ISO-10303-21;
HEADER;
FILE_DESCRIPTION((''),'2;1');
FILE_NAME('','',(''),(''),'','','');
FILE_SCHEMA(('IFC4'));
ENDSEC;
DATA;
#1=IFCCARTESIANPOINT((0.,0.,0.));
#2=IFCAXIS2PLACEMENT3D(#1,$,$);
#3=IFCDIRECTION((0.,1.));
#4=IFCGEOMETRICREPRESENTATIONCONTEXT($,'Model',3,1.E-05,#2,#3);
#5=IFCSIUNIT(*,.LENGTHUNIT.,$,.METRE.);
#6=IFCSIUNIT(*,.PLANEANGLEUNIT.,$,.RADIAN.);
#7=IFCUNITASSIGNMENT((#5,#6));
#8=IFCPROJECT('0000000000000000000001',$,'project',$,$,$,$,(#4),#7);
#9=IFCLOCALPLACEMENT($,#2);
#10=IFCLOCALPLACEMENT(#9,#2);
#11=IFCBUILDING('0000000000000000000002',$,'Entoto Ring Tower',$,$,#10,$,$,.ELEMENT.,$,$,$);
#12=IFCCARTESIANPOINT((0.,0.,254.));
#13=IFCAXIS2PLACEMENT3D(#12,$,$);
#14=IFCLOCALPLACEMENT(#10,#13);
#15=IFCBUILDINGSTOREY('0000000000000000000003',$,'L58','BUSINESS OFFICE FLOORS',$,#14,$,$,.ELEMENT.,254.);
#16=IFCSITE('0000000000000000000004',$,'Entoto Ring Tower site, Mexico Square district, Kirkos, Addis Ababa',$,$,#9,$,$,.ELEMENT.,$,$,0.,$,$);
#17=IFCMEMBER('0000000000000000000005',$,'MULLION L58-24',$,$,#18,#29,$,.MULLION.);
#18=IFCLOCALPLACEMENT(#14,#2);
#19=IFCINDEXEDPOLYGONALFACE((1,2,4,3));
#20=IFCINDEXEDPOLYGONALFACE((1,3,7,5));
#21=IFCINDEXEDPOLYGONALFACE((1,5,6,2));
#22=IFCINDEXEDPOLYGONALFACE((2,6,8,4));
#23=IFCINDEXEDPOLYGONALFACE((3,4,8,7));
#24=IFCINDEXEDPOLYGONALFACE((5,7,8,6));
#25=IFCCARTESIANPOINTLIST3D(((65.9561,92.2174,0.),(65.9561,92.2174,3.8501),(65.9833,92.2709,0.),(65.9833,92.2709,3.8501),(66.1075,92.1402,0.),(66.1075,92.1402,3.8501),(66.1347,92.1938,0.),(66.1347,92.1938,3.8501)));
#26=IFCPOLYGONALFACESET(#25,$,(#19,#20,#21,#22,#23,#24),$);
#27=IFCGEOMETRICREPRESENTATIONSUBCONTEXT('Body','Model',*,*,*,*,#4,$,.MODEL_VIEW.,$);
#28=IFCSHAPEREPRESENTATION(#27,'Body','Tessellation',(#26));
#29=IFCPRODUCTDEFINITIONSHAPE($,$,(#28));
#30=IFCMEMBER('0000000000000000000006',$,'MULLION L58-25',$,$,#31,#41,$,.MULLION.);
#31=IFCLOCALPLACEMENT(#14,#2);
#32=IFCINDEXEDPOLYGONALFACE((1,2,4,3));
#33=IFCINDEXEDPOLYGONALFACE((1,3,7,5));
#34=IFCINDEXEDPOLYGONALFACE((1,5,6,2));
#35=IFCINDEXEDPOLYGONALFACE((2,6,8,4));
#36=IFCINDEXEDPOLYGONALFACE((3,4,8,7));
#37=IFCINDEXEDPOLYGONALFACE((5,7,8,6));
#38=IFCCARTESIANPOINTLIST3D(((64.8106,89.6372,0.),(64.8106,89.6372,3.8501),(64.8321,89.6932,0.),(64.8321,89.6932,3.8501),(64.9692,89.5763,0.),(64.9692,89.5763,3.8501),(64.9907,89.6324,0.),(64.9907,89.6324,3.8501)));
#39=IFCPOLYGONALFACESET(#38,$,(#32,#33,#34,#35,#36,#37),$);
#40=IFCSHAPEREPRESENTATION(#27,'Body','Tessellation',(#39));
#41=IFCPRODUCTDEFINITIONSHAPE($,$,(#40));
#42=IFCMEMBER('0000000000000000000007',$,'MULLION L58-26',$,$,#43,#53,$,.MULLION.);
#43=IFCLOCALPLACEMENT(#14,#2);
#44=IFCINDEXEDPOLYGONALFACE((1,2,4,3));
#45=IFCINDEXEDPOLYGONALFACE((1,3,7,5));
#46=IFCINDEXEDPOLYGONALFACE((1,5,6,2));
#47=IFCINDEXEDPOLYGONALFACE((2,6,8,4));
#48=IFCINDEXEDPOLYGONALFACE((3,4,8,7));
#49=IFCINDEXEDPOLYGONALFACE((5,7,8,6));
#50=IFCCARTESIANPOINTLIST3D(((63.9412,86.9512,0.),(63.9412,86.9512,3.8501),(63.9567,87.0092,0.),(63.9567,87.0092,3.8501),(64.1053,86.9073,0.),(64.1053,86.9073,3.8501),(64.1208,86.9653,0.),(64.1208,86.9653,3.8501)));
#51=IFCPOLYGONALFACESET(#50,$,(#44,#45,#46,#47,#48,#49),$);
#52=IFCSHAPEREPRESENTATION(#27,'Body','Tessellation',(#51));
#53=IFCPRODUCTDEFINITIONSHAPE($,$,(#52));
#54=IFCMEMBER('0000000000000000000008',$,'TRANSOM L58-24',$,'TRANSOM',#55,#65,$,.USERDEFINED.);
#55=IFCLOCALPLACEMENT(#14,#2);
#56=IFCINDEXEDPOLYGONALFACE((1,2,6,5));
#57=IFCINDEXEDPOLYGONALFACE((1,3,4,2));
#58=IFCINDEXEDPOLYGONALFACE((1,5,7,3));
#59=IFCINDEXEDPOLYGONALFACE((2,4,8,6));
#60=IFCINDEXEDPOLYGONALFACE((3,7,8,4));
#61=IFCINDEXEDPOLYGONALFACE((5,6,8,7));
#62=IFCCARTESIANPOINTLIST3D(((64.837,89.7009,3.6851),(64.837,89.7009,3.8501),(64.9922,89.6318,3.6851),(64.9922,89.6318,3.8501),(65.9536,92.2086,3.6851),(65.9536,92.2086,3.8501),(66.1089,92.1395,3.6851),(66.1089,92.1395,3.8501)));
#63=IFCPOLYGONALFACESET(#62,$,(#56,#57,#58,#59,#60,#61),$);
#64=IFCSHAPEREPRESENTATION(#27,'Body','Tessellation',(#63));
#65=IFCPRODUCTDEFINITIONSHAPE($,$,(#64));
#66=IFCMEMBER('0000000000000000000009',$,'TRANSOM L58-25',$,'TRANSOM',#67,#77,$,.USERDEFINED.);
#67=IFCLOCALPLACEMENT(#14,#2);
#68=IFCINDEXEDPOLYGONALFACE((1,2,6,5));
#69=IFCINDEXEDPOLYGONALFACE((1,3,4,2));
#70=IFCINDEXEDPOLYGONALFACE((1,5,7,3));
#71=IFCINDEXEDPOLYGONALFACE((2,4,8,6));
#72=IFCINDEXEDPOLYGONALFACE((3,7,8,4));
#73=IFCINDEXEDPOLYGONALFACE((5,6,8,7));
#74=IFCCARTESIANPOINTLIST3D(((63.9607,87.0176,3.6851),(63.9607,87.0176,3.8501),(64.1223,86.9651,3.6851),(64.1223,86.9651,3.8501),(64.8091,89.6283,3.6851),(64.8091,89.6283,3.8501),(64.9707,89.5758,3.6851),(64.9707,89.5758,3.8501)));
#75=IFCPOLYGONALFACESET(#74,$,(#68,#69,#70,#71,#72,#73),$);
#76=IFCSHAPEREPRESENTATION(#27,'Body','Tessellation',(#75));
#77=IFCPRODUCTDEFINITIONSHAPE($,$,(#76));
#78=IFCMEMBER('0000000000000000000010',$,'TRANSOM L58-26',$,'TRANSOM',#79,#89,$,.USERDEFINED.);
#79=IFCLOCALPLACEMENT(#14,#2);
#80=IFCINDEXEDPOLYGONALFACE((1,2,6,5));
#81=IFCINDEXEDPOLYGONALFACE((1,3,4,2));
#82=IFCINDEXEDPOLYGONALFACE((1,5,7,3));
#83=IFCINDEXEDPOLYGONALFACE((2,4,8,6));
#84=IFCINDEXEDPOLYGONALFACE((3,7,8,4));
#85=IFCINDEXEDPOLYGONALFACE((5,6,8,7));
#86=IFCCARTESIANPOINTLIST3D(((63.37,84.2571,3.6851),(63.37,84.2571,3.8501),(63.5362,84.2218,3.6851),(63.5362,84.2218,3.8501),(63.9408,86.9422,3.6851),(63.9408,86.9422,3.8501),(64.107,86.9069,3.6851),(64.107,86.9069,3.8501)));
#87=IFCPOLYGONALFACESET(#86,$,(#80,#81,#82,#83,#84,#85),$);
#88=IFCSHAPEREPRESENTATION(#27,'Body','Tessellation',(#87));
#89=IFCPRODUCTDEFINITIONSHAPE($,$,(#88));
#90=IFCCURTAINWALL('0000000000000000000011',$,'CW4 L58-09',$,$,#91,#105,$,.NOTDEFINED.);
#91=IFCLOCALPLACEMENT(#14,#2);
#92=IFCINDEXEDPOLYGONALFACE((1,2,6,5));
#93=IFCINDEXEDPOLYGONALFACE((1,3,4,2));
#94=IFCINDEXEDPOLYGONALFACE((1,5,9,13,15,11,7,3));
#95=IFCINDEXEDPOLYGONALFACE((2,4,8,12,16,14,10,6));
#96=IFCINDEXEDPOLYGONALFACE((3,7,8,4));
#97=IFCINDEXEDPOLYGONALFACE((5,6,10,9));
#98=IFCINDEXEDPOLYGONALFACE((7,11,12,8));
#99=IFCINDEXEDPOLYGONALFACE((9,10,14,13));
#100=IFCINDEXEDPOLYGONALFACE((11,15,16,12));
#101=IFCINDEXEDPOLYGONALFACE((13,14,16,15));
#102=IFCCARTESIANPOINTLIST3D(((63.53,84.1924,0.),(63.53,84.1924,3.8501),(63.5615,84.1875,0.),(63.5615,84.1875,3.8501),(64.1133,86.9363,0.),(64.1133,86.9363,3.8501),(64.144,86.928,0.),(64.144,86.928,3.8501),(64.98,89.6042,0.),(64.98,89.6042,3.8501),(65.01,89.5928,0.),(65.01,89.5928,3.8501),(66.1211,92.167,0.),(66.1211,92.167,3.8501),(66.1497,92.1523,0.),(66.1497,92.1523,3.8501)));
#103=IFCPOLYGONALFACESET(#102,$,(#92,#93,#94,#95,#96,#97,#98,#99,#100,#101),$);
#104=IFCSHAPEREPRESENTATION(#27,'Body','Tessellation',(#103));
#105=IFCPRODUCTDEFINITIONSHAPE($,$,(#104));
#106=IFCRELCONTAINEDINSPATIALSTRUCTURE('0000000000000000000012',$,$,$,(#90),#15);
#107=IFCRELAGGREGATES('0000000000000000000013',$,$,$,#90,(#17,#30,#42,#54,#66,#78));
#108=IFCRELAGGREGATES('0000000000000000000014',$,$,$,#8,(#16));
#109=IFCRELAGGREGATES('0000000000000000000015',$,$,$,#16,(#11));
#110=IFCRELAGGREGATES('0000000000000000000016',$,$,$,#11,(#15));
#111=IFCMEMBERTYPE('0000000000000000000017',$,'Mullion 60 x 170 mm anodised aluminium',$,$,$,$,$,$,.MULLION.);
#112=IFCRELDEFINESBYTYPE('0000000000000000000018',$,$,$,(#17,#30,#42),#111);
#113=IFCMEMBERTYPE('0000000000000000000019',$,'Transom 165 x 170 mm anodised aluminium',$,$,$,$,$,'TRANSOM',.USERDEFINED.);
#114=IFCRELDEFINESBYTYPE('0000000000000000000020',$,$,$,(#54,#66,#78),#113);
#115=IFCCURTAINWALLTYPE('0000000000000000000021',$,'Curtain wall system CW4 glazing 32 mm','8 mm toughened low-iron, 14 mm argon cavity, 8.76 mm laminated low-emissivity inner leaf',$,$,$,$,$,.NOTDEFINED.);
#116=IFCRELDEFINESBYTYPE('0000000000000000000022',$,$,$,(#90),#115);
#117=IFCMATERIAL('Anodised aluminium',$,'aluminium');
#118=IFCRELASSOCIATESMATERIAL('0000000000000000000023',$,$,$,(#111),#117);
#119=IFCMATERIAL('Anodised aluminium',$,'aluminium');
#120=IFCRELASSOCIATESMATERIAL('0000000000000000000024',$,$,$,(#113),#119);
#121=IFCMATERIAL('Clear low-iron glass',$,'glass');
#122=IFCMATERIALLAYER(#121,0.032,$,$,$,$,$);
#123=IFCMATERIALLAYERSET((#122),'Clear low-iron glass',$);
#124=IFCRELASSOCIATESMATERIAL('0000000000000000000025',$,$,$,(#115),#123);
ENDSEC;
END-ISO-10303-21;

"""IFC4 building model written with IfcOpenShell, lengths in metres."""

from ifc_helpers import new_model, si_unit, direction, frame, origin, origin_2d, place, context, subcontext, project, spatial, polyline, rectangle, outline, extrude, material, layer, layer_set, material_profile, profile_set, type_object, element, aggregate, save


model = new_model("IFC4")

# Units and contexts
model_context = context("Model", 3, precision=1e-05, world=origin(), true_north=direction((0.0, 1.0)))
body_context = subcontext(model_context, "Body", "Model", "MODEL_VIEW")
ifc_project = project(units=[si_unit("LENGTHUNIT", "METRE"), si_unit("PLANEANGLEUNIT", "RADIAN")], contexts=[model_context])

# Members
ifc_material_1 = material(Name="Anodised aluminium", Category="aluminium")
ifc_material_profile_1 = material_profile(ifc_material_1, rectangle(XDim=0.0601, YDim=0.1699, at=origin_2d()), Name="Mullion 60 x 170 mm anodised aluminium")
ifc_profile_set_1 = profile_set([ifc_material_profile_1], Name="Anodised aluminium")
member_type_1 = type_object("IfcMemberType", Name="Mullion 60 x 170 mm anodised aluminium", PredefinedType="MULLION", material=ifc_profile_set_1)
site_placement = place(None, origin())
building_placement = place(site_placement, origin())
storey_placement = place(building_placement, frame((0.0, 0.0, 254.0)))
member_1_placement = place(storey_placement, frame((66.0454, 92.2056, 0.0), z_axis=(0.0, 0.0, 1.0), x_axis=(-0.45399, -0.891007, 0.0)))
member_1 = element("IfcMember", 1, at=member_1_placement, type_object=member_type_1, Name="MULLION L58-24", PredefinedType="MULLION", context=body_context, shape_type="SweptSolid", body=[
    extrude(rectangle(XDim=0.0601, YDim=0.1699, at=origin_2d()), origin(), (0.0, 0.0, 1.0), 3.8501),
])
member_2_placement = place(storey_placement, frame((64.9006, 89.6348, 0.0), z_axis=(0.0, 0.0, 1.0), x_axis=(-0.358368, -0.93358, 0.0)))
member_2 = element("IfcMember", 2, at=member_2_placement, type_object=member_type_1, Name="MULLION L58-25", PredefinedType="MULLION", context=body_context, shape_type="SweptSolid", body=[
    extrude(rectangle(XDim=0.0601, YDim=0.1699, at=origin_2d()), origin(), (0.0, 0.0, 1.0), 3.8501),
])
member_3_placement = place(storey_placement, frame((64.031, 86.9583, 0.0), z_axis=(0.0, 0.0, 1.0), x_axis=(-0.258819, -0.965926, 0.0)))
member_3 = element("IfcMember", 3, at=member_3_placement, type_object=member_type_1, Name="MULLION L58-26", PredefinedType="MULLION", context=body_context, shape_type="SweptSolid", body=[
    extrude(rectangle(XDim=0.0601, YDim=0.1699, at=origin_2d()), origin(), (0.0, 0.0, 1.0), 3.8501),
])
ifc_material_2 = material(Name="Anodised aluminium", Category="aluminium")
ifc_material_profile_2 = material_profile(ifc_material_2, rectangle(XDim=0.1699, YDim=0.165, at=origin_2d()), Name="Transom 165 x 170 mm anodised aluminium")
ifc_profile_set_2 = profile_set([ifc_material_profile_2], Name="Anodised aluminium")
member_type_2 = type_object("IfcMemberType", Name="Transom 165 x 170 mm anodised aluminium", ElementType="TRANSOM", PredefinedType="USERDEFINED", material=ifc_profile_set_2)
member_4_placement = place(storey_placement, frame((66.0312, 92.1741, 3.7676), z_axis=(-0.406782, -0.913525, 0.0), x_axis=(0.913525, -0.406782, 0.0)))
member_4 = element("IfcMember", 4, at=member_4_placement, type_object=member_type_2, Name="TRANSOM L58-24", ObjectType="TRANSOM", PredefinedType="USERDEFINED", context=body_context, shape_type="SweptSolid", body=[
    extrude(rectangle(XDim=0.1699, YDim=0.165, at=origin_2d()), origin(), (0.0, 0.0, 1.0), 2.7451),
])
member_5_placement = place(storey_placement, frame((64.8899, 89.6021, 3.7676), z_axis=(-0.309042, -0.951048, 0.0), x_axis=(0.951048, -0.309042, 0.0)))
member_5 = element("IfcMember", 5, at=member_5_placement, type_object=member_type_2, Name="TRANSOM L58-25", ObjectType="TRANSOM", PredefinedType="USERDEFINED", context=body_context, shape_type="SweptSolid", body=[
    extrude(rectangle(XDim=0.1699, YDim=0.165, at=origin_2d()), origin(), (0.0, 0.0, 1.0), 2.7451),
])
member_6_placement = place(storey_placement, frame((64.0239, 86.9246, 3.7676), z_axis=(-0.207937, -0.978142, 0.0), x_axis=(0.978142, -0.207937, 0.0)))
member_6 = element("IfcMember", 6, at=member_6_placement, type_object=member_type_2, Name="TRANSOM L58-26", ObjectType="TRANSOM", PredefinedType="USERDEFINED", context=body_context, shape_type="SweptSolid", body=[
    extrude(rectangle(XDim=0.1699, YDim=0.165, at=origin_2d()), origin(), (0.0, 0.0, 1.0), 2.7451),
])

# Site, building, storey
site = spatial("IfcSite", under=ifc_project, at=site_placement, Name="Entoto Ring Tower site, Mexico Square district, Kirkos, Addis Ababa", CompositionType="ELEMENT", RefElevation=0.0)
building = spatial("IfcBuilding", under=site, at=building_placement, Name="Entoto Ring Tower", CompositionType="ELEMENT")
storey = spatial("IfcBuildingStorey", under=building, at=storey_placement, Name="L58", Description="BUSINESS OFFICE FLOORS", CompositionType="ELEMENT", Elevation=254.0)

# Curtain wall
ifc_material_3 = material(Name="Clear low-iron glass", Category="glass")
ifc_layer = layer(ifc_material_3, 0.032)
ifc_layer_set = layer_set([ifc_layer], Name="Clear low-iron glass")
curtain_wall_type = type_object("IfcCurtainWallType", Name="Curtain wall system CW4 glazing 32 mm", Description="8 mm toughened low-iron, 14 mm argon cavity, 8.76 mm laminated low-emissivity inner leaf", PredefinedType="NOTDEFINED", material=ifc_layer_set)
curtain_wall_1_placement = place(storey_placement, origin())
curtain_wall_1 = element("IfcCurtainWall", 7, at=curtain_wall_1_placement, inside=storey, type_object=curtain_wall_type, Name="CW4 L58-09", PredefinedType="NOTDEFINED", context=body_context, shape_type="SweptSolid", body=[
    extrude(outline(polyline([(66.1211, 92.167), (64.98, 89.6042), (64.1133, 86.9363), (63.53, 84.1924), (63.5615, 84.1875), (64.144, 86.928), (65.01, 89.5928), (66.1497, 92.1523), (66.1211, 92.167)])), origin(), (0.0, 0.0, 1.0), 3.8501),
])
aggregate(curtain_wall_1, [member_1, member_2, member_3, member_4, member_5, member_6])

save(model, "model.ifc")
